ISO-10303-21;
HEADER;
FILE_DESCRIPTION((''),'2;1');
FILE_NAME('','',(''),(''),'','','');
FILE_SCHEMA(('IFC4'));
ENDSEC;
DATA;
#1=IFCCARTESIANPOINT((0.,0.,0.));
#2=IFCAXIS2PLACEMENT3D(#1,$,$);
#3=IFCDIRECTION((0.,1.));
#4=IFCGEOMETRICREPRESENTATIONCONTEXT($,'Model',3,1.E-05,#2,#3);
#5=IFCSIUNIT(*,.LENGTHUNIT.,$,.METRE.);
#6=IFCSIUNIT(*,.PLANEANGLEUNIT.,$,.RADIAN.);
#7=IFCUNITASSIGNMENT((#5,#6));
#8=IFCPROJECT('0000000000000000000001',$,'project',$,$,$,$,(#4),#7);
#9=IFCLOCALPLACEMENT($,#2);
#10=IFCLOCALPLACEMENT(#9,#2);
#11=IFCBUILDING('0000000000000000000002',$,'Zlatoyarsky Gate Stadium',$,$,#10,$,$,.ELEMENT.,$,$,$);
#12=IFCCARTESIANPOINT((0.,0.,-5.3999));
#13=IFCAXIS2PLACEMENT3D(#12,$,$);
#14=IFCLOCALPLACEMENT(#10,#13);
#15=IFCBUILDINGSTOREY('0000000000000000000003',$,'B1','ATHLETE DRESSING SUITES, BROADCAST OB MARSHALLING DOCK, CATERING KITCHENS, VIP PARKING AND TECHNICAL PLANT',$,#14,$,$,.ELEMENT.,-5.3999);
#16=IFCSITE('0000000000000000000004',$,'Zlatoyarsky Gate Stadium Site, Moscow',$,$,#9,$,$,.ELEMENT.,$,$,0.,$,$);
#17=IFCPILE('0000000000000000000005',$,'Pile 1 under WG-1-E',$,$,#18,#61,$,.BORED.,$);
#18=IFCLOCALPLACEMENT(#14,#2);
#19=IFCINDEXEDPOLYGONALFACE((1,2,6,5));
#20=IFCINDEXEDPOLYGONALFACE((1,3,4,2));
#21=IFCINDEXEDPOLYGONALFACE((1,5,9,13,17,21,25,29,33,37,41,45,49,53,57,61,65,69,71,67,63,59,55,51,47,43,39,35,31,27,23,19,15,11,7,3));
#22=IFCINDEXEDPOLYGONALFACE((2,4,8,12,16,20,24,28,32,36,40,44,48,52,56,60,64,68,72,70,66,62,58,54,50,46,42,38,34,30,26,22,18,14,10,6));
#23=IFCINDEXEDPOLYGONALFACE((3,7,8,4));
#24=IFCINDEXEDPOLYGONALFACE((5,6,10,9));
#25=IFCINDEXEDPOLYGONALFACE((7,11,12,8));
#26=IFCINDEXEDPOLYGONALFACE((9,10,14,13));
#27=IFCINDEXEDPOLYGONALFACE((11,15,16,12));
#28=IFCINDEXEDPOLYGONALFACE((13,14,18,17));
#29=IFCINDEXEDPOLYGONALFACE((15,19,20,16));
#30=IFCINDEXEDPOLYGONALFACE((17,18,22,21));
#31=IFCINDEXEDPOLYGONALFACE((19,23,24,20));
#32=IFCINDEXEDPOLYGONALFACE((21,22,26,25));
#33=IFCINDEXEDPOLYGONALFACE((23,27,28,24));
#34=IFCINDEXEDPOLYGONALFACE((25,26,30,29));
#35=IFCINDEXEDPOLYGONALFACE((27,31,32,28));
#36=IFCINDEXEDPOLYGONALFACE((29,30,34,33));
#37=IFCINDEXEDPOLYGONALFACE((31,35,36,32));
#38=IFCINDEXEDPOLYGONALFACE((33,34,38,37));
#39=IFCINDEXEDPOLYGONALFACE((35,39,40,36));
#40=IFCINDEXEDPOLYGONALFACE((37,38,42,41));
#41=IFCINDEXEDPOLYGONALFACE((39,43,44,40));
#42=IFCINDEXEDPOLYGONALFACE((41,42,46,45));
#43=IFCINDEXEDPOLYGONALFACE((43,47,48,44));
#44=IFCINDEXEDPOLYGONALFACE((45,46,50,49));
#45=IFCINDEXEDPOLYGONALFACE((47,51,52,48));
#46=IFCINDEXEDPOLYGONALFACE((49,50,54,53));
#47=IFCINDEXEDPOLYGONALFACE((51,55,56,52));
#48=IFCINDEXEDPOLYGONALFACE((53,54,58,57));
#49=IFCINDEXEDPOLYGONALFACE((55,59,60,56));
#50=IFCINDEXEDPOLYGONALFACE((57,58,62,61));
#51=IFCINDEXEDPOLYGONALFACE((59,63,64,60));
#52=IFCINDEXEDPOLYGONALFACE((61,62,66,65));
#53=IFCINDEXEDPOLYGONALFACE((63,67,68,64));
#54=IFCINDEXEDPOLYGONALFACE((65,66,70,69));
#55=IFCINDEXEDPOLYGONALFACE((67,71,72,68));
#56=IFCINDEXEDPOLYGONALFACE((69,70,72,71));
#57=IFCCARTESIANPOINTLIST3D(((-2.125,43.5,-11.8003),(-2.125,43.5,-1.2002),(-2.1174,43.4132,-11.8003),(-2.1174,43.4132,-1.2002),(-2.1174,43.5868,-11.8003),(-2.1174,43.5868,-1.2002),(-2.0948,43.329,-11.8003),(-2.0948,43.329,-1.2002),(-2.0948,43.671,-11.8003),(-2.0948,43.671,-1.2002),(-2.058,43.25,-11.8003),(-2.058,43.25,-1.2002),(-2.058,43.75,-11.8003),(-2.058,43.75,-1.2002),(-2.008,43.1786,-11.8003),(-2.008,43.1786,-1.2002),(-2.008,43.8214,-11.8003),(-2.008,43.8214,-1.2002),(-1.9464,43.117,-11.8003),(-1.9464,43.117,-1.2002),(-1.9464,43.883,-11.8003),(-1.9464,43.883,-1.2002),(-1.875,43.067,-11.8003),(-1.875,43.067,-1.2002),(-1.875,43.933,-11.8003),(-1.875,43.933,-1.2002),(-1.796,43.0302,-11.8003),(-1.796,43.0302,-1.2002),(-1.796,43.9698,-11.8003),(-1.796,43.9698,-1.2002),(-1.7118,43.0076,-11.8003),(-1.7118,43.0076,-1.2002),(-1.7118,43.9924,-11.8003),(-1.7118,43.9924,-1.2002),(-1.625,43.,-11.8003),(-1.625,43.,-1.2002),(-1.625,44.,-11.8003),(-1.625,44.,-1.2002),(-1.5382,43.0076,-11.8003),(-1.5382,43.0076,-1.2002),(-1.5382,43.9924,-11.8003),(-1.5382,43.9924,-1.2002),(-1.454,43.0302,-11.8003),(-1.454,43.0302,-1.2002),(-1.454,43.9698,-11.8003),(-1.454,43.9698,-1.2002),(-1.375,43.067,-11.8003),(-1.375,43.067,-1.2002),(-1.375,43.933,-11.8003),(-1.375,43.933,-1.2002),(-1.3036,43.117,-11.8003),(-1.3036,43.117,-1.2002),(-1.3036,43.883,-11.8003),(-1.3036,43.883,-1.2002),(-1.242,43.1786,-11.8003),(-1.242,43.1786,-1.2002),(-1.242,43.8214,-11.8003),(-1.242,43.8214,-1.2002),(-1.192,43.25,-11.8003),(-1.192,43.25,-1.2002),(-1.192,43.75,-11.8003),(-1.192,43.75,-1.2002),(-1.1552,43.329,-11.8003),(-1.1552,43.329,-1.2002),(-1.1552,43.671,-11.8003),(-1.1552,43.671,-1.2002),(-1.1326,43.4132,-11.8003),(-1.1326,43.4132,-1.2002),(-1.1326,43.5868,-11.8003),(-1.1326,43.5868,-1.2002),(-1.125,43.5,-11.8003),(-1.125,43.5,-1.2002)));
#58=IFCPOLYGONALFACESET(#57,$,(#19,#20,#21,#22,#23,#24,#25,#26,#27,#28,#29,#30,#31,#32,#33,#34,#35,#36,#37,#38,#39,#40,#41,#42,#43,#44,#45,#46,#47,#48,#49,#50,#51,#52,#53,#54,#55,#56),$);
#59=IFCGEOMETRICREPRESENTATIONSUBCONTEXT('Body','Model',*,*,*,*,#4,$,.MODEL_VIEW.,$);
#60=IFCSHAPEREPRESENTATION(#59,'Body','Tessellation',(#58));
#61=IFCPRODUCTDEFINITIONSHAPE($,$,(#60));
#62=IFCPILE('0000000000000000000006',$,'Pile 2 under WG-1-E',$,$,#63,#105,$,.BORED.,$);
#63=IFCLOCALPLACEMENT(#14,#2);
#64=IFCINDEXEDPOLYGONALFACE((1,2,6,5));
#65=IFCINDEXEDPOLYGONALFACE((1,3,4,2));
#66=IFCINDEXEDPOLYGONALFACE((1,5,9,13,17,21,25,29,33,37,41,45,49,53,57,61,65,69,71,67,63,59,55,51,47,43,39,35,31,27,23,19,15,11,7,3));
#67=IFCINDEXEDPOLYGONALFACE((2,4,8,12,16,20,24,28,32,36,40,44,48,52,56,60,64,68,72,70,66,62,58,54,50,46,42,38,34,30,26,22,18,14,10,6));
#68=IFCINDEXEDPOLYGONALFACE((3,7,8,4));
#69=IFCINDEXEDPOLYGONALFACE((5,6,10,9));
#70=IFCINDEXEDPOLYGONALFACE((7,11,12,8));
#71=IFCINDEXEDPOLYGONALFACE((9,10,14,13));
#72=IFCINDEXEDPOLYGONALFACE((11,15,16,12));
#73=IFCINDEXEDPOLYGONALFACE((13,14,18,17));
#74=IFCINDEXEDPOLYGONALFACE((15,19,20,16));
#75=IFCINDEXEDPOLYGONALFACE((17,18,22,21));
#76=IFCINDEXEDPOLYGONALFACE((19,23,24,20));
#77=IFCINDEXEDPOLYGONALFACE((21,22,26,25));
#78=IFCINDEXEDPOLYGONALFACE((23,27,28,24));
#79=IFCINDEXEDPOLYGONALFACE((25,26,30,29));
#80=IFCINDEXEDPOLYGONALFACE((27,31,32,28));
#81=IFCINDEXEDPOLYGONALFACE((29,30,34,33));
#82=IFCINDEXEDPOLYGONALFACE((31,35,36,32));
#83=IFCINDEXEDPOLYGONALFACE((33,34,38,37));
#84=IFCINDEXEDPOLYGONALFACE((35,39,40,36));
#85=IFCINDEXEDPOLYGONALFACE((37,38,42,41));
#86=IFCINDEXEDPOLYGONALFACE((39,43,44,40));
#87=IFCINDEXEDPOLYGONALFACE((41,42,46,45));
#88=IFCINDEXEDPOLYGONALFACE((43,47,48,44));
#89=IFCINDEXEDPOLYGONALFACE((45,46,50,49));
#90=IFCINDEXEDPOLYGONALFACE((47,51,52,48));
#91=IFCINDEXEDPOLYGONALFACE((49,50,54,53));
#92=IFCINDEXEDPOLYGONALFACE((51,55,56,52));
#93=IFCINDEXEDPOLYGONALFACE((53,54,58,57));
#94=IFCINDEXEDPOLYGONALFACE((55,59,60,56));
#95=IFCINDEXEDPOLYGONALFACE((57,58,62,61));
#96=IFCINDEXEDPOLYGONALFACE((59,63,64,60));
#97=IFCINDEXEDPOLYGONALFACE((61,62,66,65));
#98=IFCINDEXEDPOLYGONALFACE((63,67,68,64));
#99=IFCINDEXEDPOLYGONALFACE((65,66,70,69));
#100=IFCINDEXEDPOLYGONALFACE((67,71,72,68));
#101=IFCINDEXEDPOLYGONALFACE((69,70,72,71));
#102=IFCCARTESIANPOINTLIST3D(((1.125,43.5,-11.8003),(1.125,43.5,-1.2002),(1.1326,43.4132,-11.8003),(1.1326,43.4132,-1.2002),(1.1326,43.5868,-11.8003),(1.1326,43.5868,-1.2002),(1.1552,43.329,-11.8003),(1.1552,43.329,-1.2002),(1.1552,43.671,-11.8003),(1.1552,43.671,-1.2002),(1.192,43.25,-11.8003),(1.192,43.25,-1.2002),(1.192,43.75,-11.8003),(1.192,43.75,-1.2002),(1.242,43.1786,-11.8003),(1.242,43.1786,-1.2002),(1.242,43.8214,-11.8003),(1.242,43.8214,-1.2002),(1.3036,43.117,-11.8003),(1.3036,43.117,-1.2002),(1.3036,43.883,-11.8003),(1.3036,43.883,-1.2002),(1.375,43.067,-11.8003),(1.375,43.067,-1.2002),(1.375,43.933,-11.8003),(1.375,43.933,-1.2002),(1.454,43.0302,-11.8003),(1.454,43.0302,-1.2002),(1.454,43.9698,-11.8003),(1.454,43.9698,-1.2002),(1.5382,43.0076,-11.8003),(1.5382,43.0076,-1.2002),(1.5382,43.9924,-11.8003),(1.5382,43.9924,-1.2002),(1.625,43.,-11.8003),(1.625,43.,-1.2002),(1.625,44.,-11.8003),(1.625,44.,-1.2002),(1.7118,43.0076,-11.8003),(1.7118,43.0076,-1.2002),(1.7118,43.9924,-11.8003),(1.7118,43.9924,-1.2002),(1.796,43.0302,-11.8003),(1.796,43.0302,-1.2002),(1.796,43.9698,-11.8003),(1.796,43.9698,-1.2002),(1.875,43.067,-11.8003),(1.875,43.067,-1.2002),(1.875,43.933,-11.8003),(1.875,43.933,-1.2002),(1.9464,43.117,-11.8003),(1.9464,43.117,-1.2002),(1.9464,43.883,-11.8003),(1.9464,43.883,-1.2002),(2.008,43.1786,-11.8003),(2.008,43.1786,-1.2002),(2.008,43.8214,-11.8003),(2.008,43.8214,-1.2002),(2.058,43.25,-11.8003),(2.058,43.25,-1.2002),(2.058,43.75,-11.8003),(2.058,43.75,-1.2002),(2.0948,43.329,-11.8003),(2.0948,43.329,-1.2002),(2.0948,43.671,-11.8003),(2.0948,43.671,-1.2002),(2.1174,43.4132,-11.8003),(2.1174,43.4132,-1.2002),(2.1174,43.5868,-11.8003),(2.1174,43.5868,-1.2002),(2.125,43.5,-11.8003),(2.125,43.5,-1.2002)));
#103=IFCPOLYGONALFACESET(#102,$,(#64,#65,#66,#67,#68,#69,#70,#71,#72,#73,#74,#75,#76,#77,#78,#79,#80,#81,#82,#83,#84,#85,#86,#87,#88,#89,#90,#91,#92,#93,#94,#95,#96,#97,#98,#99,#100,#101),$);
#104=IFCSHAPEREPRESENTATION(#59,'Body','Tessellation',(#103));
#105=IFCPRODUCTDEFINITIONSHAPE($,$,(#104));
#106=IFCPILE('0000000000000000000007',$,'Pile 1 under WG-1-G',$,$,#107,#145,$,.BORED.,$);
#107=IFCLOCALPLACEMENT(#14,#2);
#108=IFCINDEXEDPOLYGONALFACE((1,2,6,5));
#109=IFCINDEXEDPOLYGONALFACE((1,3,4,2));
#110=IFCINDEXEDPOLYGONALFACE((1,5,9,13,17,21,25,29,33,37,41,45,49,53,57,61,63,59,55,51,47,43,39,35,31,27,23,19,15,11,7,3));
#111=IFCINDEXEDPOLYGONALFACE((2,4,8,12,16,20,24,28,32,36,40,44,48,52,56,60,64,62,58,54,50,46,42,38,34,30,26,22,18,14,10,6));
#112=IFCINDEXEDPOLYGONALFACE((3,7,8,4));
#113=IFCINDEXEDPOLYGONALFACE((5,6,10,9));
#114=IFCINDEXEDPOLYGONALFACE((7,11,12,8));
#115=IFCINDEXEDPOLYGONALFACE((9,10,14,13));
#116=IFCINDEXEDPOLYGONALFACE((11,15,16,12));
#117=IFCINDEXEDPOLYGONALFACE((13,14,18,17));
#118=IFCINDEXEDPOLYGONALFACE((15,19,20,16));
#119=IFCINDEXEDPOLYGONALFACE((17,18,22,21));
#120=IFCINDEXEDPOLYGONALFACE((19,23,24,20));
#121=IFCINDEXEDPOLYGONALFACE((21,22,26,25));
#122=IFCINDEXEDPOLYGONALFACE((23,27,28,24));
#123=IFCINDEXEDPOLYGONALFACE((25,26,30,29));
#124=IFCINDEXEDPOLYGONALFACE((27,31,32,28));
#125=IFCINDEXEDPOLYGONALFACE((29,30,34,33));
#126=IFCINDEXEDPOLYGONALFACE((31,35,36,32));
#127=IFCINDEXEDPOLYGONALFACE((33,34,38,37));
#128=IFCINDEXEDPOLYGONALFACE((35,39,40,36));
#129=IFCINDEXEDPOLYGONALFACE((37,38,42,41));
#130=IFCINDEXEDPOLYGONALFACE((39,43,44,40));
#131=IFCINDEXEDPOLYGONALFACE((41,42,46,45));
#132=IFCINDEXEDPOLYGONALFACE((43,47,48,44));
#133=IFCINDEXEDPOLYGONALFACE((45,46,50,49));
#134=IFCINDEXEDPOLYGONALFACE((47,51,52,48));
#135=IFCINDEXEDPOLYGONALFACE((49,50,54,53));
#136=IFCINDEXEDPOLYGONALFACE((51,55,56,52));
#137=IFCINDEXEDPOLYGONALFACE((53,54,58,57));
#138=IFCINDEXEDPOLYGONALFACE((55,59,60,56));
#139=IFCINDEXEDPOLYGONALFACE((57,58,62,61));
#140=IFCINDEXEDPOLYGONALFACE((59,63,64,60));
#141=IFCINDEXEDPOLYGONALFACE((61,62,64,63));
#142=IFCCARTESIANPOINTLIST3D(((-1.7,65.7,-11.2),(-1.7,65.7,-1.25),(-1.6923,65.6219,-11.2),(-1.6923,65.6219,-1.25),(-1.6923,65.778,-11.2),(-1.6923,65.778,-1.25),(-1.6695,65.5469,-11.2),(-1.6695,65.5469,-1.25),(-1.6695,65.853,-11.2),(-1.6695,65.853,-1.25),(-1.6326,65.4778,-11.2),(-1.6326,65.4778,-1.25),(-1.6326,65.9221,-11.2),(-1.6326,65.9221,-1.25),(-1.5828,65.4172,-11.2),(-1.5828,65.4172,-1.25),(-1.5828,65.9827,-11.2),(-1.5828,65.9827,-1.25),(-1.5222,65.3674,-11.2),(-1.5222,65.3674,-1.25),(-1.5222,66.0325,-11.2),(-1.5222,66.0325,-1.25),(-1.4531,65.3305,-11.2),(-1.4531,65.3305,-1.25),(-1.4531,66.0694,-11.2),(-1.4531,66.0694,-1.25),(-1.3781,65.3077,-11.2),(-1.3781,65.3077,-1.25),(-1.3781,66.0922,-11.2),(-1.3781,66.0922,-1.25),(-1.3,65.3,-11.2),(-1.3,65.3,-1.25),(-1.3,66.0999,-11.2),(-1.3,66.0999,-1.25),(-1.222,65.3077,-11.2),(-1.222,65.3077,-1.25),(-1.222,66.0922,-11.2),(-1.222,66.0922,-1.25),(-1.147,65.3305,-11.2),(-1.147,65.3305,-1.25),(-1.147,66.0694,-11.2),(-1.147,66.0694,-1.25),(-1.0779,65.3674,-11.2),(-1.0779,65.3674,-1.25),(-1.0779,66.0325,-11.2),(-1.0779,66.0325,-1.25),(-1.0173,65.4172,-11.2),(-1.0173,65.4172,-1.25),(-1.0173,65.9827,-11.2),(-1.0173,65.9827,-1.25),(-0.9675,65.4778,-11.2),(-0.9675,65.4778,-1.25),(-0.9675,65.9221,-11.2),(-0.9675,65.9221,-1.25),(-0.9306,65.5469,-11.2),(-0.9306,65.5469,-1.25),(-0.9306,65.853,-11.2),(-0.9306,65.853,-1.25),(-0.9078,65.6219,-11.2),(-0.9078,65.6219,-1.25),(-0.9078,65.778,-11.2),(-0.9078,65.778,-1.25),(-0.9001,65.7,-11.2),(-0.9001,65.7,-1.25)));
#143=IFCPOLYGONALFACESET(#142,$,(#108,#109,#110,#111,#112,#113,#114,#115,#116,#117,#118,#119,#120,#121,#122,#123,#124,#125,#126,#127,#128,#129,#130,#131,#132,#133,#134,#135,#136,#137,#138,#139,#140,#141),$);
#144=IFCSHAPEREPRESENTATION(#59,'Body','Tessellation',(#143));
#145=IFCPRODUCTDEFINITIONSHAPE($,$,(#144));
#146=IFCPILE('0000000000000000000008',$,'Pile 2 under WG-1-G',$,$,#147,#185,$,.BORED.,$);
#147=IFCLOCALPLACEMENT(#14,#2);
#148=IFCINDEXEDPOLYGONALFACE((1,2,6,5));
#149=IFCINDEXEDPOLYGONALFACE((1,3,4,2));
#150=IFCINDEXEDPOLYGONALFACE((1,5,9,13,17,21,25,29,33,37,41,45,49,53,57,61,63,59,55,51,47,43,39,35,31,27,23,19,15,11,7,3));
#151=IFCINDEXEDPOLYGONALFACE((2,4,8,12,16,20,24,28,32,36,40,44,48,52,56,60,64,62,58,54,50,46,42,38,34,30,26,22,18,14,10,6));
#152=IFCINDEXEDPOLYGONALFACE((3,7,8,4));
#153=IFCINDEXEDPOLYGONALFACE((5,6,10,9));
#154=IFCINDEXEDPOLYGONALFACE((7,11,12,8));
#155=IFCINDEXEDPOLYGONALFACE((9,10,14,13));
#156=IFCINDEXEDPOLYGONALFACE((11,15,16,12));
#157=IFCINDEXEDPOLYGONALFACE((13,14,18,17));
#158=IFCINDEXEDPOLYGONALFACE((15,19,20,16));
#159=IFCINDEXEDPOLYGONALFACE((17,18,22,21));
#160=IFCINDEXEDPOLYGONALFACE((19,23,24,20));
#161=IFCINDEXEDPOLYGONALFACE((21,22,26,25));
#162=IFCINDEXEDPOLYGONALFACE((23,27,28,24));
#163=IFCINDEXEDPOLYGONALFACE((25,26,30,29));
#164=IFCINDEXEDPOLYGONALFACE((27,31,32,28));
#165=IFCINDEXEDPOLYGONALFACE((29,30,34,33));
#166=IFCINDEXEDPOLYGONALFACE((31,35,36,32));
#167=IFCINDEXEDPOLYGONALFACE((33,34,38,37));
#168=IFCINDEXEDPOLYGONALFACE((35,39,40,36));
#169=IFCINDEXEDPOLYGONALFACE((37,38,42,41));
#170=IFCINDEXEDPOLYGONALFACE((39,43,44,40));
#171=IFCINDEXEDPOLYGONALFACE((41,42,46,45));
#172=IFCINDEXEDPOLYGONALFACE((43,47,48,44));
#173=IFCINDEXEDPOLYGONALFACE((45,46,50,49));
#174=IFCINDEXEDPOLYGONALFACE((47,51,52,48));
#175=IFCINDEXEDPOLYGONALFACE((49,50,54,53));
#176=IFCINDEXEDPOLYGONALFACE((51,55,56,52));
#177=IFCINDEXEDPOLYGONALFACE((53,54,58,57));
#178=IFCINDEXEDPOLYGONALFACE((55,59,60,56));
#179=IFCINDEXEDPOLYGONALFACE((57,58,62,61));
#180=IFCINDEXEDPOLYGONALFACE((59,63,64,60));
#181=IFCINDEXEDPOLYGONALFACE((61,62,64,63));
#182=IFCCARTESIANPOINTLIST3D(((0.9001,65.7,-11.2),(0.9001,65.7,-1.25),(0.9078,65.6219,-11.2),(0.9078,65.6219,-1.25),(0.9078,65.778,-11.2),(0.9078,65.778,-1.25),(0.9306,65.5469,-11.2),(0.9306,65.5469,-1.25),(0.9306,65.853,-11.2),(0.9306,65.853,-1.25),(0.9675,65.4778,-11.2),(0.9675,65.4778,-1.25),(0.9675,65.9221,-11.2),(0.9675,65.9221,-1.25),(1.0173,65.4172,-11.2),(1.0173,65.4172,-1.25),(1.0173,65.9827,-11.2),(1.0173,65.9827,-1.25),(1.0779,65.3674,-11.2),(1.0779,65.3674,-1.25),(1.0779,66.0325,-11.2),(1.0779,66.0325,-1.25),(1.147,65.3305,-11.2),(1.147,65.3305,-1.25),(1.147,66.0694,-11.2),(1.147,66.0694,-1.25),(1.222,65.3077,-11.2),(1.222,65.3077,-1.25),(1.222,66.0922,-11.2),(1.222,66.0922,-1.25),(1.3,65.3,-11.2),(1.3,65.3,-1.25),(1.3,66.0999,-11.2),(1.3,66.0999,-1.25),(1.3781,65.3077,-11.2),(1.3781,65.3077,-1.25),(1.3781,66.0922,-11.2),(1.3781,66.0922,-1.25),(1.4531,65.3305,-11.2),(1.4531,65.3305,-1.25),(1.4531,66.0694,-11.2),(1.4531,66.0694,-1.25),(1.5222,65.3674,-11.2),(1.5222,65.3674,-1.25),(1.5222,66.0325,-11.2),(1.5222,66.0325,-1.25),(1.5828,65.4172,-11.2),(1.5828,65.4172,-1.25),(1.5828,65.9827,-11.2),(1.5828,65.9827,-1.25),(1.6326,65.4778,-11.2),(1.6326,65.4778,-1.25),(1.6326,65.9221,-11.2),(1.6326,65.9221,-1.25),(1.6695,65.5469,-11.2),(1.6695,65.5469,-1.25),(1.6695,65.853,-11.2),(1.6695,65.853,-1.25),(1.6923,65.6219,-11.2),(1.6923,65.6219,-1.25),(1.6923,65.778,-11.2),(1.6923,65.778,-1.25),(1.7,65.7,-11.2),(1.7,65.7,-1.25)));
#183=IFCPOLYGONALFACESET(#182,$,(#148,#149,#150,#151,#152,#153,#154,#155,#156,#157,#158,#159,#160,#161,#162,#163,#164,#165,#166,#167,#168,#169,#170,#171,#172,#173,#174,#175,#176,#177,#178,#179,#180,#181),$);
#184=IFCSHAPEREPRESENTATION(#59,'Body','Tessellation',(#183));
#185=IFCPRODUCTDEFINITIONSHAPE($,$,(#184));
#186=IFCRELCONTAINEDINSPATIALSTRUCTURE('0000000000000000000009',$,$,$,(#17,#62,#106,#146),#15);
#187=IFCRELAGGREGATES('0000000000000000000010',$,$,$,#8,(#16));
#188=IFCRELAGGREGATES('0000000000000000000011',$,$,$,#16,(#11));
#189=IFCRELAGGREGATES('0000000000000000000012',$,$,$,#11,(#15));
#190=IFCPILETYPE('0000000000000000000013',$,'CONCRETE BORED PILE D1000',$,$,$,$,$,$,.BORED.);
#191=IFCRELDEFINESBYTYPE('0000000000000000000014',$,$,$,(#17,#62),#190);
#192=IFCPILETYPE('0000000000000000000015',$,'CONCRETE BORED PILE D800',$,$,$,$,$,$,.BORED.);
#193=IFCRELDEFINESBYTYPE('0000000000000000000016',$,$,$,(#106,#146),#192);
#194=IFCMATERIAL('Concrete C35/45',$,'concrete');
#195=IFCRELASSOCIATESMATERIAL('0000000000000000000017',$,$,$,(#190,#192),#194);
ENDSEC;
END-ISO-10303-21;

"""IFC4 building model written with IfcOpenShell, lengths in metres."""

from ifc_helpers import new_model, si_unit, direction, frame, origin, origin_2d, place, context, subcontext, project, spatial, circle, extrude, material, material_profile, profile_set, type_object, element, save


model = new_model("IFC4")

# Units and contexts
model_context = context("Model", 3, precision=1e-05, world=origin(), true_north=direction((0.0, 1.0)))
body_context = subcontext(model_context, "Body", "Model", "MODEL_VIEW")
ifc_project = project(units=[si_unit("LENGTHUNIT", "METRE"), si_unit("PLANEANGLEUNIT", "RADIAN")], contexts=[model_context])

# Site, building, storey
site_placement = place(None, origin())
site = spatial("IfcSite", under=ifc_project, at=site_placement, Name="Zlatoyarsky Gate Stadium Site, Moscow", CompositionType="ELEMENT", RefElevation=0.0)
building_placement = place(site_placement, origin())
building = spatial("IfcBuilding", under=site, at=building_placement, Name="Zlatoyarsky Gate Stadium", CompositionType="ELEMENT")
storey_placement = place(building_placement, frame((0.0, 0.0, -5.3999)))
storey = spatial("IfcBuildingStorey", under=building, at=storey_placement, Name="B1", Description="ATHLETE DRESSING SUITES, BROADCAST OB MARSHALLING DOCK, CATERING KITCHENS, VIP PARKING AND TECHNICAL PLANT", CompositionType="ELEMENT", Elevation=-5.3999)

# Piles
ifc_material_1 = material(Name="Concrete C35/45", Category="concrete")
ifc_material_profile_1 = material_profile(ifc_material_1, circle(Radius=0.5, at=origin_2d()), Name="BORED PILE D1000")
ifc_profile_set_1 = profile_set([ifc_material_profile_1], Name="Concrete C35/45")
pile_type_1 = type_object("IfcPileType", Name="CONCRETE BORED PILE D1000", PredefinedType="BORED", material=ifc_profile_set_1)
for number, where, z_axis, x_axis, name in (
    (1, (-1.625, 43.5, -1.2002), (0.0, 0.0, -1.0), (1.0, 0.0, 0.0), "Pile 1 under WG-1-E"),
    (2, (1.625, 43.5, -1.2002), (0.0, 0.0, -1.0), (1.0, 0.0, 0.0), "Pile 2 under WG-1-E"),
):
    element("IfcPile", number, at=place(storey_placement, frame(where, z_axis=z_axis, x_axis=x_axis)), inside=storey, type_object=pile_type_1, Name=name, PredefinedType="BORED", context=body_context, shape_type="SweptSolid", body=[
        extrude(circle(Radius=0.5, at=origin_2d()), origin(), (0.0, 0.0, 1.0), 10.6001),
    ])
ifc_material_profile_2 = material_profile(ifc_material_1, circle(Radius=0.3999, at=origin_2d()), Name="BORED PILE D800")
ifc_profile_set_2 = profile_set([ifc_material_profile_2], Name="Concrete C35/45")
pile_type_2 = type_object("IfcPileType", Name="CONCRETE BORED PILE D800", PredefinedType="BORED", material=ifc_profile_set_2)
for number, where, z_axis, x_axis, name in (
    (3, (-1.3, 65.7, -1.25), (0.0, 0.0, -1.0), (1.0, 0.0, 0.0), "Pile 1 under WG-1-G"),
    (4, (1.3, 65.7, -1.25), (0.0, 0.0, -1.0), (1.0, 0.0, 0.0), "Pile 2 under WG-1-G"),
):
    element("IfcPile", number, at=place(storey_placement, frame(where, z_axis=z_axis, x_axis=x_axis)), inside=storey, type_object=pile_type_2, Name=name, PredefinedType="BORED", context=body_context, shape_type="SweptSolid", body=[
        extrude(circle(Radius=0.3999, at=origin_2d()), origin(), (0.0, 0.0, 1.0), 9.95),
    ])

save(model, "model.ifc")
